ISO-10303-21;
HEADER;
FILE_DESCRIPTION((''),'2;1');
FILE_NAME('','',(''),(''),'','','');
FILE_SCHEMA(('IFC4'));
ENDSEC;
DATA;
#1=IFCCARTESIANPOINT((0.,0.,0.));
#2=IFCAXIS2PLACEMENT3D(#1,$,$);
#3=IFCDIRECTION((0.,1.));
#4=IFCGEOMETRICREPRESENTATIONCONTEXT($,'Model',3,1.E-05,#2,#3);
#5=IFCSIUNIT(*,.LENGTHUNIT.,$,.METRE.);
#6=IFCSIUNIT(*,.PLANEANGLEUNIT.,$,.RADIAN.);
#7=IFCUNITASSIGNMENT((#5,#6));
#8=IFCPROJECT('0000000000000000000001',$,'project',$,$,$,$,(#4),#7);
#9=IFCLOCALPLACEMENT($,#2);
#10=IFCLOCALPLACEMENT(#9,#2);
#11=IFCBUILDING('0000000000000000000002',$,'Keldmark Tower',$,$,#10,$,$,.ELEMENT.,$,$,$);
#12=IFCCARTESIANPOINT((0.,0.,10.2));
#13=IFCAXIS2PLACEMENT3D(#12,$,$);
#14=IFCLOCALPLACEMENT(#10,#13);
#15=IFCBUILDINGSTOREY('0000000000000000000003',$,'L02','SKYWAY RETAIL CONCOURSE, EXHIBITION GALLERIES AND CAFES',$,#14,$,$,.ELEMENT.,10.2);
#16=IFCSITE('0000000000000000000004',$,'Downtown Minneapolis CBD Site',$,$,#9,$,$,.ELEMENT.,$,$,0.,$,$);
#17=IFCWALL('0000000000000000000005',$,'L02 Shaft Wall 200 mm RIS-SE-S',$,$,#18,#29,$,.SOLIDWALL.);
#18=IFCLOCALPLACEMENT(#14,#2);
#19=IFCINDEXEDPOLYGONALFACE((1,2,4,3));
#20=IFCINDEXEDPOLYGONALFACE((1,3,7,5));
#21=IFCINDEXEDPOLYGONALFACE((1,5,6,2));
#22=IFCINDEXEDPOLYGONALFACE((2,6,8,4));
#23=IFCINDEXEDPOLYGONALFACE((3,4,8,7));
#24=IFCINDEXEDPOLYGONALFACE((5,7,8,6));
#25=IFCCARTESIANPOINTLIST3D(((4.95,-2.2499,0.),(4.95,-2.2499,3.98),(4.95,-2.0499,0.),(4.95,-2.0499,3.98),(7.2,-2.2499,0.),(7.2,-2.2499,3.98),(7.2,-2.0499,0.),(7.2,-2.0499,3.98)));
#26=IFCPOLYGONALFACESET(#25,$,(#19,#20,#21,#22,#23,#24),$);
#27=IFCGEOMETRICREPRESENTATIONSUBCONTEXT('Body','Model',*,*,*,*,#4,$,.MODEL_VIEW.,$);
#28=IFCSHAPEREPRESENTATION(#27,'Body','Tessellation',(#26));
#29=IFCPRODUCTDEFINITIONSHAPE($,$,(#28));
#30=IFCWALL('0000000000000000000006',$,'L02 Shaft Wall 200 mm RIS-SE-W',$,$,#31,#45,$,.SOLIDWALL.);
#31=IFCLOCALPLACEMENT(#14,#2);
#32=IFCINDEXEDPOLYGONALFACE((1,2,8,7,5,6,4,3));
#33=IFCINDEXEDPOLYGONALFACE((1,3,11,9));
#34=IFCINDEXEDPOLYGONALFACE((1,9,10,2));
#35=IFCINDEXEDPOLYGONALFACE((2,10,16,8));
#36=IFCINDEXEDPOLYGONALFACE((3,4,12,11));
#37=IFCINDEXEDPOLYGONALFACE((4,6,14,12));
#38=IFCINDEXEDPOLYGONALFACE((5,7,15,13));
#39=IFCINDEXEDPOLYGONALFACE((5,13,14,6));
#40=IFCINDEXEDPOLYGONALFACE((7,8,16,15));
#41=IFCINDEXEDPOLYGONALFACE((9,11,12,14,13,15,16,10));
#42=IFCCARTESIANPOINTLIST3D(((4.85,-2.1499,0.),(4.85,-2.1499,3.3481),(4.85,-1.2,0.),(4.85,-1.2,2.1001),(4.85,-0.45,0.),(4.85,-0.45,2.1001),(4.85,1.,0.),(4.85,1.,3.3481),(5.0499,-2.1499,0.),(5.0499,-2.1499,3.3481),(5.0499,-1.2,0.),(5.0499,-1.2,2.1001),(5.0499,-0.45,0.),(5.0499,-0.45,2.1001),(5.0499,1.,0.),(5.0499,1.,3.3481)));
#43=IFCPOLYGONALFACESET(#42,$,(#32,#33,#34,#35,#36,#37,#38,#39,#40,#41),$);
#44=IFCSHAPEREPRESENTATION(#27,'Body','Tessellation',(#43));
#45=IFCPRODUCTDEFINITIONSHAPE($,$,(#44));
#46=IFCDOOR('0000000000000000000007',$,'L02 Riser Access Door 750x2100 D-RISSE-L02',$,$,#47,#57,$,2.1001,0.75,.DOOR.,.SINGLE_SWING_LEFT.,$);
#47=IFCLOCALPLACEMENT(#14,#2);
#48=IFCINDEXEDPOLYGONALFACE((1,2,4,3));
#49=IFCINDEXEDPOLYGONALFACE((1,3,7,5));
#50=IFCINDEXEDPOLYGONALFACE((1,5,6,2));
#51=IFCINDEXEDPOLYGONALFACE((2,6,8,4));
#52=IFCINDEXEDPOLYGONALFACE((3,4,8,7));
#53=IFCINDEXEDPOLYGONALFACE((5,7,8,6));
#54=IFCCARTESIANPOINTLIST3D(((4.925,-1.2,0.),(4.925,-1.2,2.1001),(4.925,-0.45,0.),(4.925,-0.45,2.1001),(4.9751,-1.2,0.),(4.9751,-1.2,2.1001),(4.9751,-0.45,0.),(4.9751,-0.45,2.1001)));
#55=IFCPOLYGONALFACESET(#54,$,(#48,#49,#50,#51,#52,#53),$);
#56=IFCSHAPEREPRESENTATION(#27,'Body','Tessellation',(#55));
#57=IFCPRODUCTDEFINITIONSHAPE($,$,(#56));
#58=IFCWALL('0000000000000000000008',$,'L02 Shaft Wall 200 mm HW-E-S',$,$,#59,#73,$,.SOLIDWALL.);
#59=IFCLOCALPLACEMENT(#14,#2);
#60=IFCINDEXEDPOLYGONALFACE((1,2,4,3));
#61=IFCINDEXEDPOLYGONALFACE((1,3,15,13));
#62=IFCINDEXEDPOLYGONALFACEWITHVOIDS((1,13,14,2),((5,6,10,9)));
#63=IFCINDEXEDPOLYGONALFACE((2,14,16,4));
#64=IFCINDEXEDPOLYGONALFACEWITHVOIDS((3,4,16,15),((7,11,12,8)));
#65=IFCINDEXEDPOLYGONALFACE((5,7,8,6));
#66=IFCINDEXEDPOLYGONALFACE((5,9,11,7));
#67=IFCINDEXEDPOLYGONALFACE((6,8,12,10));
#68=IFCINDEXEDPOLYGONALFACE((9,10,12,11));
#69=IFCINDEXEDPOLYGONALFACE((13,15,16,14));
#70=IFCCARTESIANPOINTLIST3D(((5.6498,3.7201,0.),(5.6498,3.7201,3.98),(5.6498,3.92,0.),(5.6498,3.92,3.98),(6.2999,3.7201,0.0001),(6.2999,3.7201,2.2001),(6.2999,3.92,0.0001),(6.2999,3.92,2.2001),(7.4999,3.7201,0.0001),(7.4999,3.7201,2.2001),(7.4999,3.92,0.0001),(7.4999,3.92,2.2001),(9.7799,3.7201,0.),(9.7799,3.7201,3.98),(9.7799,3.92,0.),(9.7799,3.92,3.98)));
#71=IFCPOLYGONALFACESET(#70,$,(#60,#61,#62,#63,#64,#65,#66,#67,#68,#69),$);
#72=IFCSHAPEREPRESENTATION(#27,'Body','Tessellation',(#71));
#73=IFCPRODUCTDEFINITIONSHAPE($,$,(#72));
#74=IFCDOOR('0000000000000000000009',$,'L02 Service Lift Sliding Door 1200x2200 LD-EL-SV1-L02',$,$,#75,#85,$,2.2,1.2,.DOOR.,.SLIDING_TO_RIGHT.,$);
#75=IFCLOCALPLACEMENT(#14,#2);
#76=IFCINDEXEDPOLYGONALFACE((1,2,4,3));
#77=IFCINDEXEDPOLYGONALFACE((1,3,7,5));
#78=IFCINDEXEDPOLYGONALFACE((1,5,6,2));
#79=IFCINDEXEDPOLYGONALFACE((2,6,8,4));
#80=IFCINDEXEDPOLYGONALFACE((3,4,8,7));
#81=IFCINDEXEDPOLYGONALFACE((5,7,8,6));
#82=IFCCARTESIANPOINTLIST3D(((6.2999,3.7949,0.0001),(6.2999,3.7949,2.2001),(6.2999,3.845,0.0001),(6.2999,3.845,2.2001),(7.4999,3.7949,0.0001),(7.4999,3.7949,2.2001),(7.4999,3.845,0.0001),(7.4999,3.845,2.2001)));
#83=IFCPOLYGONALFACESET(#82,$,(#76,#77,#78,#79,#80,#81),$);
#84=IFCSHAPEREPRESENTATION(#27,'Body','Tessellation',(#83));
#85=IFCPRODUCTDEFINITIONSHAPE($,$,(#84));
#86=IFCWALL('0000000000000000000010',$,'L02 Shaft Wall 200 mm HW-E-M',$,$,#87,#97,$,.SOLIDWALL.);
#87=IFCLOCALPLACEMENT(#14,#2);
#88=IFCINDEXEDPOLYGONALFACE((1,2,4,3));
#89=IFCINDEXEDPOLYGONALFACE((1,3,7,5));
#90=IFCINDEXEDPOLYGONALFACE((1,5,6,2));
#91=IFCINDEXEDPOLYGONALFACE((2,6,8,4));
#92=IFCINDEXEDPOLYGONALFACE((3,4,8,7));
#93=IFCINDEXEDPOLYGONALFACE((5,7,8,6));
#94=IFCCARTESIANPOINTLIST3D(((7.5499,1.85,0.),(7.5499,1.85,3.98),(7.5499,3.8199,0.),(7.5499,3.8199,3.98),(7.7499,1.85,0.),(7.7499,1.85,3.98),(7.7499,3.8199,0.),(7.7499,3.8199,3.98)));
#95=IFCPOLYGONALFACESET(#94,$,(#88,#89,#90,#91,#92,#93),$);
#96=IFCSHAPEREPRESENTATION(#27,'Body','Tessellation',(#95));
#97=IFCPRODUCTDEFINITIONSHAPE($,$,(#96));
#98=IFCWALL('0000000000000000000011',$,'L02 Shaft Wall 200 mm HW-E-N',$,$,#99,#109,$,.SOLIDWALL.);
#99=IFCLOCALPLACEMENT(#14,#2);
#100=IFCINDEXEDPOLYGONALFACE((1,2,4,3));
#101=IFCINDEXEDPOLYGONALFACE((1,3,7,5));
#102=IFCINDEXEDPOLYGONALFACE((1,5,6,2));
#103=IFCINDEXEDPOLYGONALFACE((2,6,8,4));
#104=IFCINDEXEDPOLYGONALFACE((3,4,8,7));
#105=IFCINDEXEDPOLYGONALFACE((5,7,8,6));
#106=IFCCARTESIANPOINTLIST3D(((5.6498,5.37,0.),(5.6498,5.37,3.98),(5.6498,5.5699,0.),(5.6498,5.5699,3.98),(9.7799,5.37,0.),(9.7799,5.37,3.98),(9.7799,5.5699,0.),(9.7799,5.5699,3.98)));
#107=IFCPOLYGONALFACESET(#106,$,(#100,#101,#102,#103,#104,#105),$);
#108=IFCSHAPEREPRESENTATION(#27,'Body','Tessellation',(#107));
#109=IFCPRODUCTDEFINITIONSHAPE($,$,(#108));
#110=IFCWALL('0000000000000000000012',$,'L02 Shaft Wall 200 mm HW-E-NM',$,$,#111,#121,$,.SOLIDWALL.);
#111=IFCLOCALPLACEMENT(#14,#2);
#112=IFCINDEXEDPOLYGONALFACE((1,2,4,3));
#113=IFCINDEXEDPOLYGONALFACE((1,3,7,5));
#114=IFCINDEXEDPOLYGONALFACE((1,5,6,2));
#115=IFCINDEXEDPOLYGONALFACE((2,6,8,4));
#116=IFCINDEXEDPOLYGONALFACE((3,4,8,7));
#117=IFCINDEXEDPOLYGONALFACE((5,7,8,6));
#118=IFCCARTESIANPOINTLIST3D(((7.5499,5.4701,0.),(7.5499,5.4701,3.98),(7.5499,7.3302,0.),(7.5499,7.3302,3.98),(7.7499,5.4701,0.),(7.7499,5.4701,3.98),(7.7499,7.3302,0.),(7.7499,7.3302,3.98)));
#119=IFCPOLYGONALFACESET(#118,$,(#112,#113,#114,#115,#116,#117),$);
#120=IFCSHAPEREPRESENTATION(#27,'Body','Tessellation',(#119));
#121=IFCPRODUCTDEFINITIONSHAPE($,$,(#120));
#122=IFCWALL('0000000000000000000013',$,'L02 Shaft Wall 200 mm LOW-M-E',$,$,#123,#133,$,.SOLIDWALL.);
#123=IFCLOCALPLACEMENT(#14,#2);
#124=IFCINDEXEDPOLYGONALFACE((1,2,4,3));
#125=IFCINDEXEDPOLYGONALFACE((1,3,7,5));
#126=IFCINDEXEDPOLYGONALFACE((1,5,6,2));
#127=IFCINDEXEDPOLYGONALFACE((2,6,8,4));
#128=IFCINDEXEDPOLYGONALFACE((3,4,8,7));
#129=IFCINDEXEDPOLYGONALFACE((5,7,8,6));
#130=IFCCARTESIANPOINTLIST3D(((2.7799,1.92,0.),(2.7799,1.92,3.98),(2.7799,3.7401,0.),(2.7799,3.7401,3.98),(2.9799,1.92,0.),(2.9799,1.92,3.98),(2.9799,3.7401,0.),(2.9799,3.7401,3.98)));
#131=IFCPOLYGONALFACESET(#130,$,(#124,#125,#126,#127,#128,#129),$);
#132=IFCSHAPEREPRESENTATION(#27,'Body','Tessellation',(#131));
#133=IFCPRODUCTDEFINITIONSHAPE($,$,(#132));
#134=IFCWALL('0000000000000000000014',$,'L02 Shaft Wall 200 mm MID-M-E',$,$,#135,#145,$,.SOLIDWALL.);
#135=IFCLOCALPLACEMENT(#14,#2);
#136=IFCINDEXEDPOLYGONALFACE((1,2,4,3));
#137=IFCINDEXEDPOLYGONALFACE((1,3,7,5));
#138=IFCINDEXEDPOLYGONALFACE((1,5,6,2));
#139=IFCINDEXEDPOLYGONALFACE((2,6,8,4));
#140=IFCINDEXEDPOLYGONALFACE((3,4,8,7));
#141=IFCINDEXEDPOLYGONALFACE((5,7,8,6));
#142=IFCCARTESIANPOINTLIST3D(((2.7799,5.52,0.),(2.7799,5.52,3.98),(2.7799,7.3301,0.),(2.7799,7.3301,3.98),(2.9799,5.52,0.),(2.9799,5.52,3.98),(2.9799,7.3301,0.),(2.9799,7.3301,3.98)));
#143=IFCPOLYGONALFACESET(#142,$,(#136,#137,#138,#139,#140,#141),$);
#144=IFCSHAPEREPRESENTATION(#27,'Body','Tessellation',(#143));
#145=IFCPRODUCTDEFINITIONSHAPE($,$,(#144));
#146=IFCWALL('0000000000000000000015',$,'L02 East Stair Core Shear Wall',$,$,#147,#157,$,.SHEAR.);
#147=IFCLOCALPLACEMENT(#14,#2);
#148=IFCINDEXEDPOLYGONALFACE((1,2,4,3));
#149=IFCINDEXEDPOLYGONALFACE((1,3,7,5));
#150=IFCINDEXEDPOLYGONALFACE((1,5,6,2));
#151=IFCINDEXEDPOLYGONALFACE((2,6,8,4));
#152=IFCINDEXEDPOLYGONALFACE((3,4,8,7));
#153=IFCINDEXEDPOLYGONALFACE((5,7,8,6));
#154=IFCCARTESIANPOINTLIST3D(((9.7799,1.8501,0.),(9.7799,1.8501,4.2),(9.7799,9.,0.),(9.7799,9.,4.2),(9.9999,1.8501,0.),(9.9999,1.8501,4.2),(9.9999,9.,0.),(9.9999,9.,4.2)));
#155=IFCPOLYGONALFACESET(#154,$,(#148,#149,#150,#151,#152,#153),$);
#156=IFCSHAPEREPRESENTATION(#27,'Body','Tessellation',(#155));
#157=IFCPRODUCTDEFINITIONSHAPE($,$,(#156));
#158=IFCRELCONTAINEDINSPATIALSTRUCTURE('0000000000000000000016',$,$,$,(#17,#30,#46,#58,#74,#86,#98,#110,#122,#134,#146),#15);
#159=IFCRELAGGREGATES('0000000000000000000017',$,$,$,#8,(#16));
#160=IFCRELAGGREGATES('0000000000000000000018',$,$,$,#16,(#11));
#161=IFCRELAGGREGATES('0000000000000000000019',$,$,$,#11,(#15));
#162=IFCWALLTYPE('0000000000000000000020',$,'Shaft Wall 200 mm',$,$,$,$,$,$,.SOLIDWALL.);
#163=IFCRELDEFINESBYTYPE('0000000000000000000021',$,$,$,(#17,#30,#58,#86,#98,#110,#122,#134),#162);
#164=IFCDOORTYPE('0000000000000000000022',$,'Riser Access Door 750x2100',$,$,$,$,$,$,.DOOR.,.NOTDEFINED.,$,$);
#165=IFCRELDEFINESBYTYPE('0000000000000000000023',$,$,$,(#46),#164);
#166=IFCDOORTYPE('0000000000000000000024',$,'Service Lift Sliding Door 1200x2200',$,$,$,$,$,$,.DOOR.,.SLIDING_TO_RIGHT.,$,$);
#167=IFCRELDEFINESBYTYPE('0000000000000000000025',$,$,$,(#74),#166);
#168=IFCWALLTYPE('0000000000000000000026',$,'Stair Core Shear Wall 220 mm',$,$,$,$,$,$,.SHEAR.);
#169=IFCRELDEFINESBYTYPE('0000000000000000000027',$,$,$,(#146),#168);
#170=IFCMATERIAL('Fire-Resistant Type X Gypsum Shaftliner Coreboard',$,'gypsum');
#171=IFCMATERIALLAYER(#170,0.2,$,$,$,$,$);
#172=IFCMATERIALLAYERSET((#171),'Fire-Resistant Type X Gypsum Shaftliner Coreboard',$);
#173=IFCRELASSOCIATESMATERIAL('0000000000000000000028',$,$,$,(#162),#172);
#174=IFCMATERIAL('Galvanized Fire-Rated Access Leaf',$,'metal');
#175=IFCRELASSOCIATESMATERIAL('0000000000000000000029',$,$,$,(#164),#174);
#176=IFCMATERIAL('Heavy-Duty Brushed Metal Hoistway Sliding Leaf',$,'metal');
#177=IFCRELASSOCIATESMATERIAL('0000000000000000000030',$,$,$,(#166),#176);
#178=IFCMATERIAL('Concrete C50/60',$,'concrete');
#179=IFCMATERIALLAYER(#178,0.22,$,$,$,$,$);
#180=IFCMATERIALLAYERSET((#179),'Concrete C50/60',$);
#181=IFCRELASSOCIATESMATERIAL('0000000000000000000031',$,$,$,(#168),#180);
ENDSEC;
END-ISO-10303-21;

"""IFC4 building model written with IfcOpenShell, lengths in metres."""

from ifc_helpers import new_model, si_unit, direction, frame, frame_2d, origin, place, context, subcontext, project, spatial, rectangle, extrude, material, layer, layer_set, type_object, element, fill, save


model = new_model("IFC4")

# Units and contexts
model_context = context("Model", 3, precision=1e-05, world=origin(), true_north=direction((0.0, 1.0)))
body_context = subcontext(model_context, "Body", "Model", "MODEL_VIEW")
ifc_project = project(units=[si_unit("LENGTHUNIT", "METRE"), si_unit("PLANEANGLEUNIT", "RADIAN")], contexts=[model_context])

# Site, building, storey
site_placement = place(None, origin())
site = spatial("IfcSite", under=ifc_project, at=site_placement, Name="Downtown Minneapolis CBD Site", CompositionType="ELEMENT", RefElevation=0.0)
building_placement = place(site_placement, origin())
building = spatial("IfcBuilding", under=site, at=building_placement, Name="Keldmark Tower", CompositionType="ELEMENT")
storey_placement = place(building_placement, frame((0.0, 0.0, 10.2)))
storey = spatial("IfcBuildingStorey", under=building, at=storey_placement, Name="L02", Description="SKYWAY RETAIL CONCOURSE, EXHIBITION GALLERIES AND CAFES", CompositionType="ELEMENT", Elevation=10.2)

# Wall
ifc_material_1 = material(Name="Fire-Resistant Type X Gypsum Shaftliner Coreboard", Category="gypsum")
ifc_layer_1 = layer(ifc_material_1, 0.2)
ifc_layer_set_1 = layer_set([ifc_layer_1], Name="Fire-Resistant Type X Gypsum Shaftliner Coreboard")
wall_type_1 = type_object("IfcWallType", Name="Shaft Wall 200 mm", PredefinedType="SOLIDWALL", material=ifc_layer_set_1)
wall_1_placement = place(storey_placement, frame((4.95, -2.1499, 0.0), z_axis=(0.0, 0.0, 1.0), x_axis=(1.0, 0.0, 0.0)))
element("IfcWall", 1, at=wall_1_placement, inside=storey, type_object=wall_type_1, Name="L02 Shaft Wall 200 mm RIS-SE-S", PredefinedType="SOLIDWALL", context=body_context, shape_type="SweptSolid", body=[
    extrude(rectangle(XDim=2.25, YDim=0.2, at=frame_2d((1.125, 0.0))), origin(), (0.0, 0.0, 1.0), 3.98),
])

# Walls, openings, doors
wall_2_placement = place(storey_placement, frame((4.95, -2.1499, 0.0), z_axis=(0.0, 0.0, 1.0), x_axis=(0.0, 1.0, 0.0)))
wall_2 = element("IfcWall", 2, at=wall_2_placement, inside=storey, type_object=wall_type_1, Name="L02 Shaft Wall 200 mm RIS-SE-W", PredefinedType="SOLIDWALL", context=body_context, shape_type="SweptSolid", body=[
    extrude(rectangle(XDim=3.1499, YDim=0.2, at=frame_2d((1.575, 0.0))), origin(), (0.0, 0.0, 1.0), 3.3481),
])
opening_1_placement = place(wall_2_placement, frame((0.95, 0.0, 0.0)))
opening_1 = element("IfcOpeningElement", 3, at=opening_1_placement, cuts=wall_2, PredefinedType="OPENING", context=body_context, shape_type="SweptSolid", body=[
    extrude(rectangle(XDim=0.75, YDim=2.1001, at=frame_2d((0.375, 1.05))), frame((0.0, 0.1099, 0.0), z_axis=(0.0, -1.0, 0.0), x_axis=(1.0, 0.0, 0.0)), (0.0, 0.0, 1.0), 0.22),
])
ifc_material_2 = material(Name="Galvanized Fire-Rated Access Leaf", Category="metal")
door_type_1 = type_object("IfcDoorType", Name="Riser Access Door 750x2100", OperationType="NOTDEFINED", PredefinedType="DOOR", material=ifc_material_2)
door_1_placement = place(opening_1_placement, origin())
door_1 = element("IfcDoor", 4, at=door_1_placement, inside=storey, type_object=door_type_1, Name="L02 Riser Access Door 750x2100 D-RISSE-L02", OperationType="SINGLE_SWING_LEFT", OverallHeight=2.1001, OverallWidth=0.75, PredefinedType="DOOR", context=body_context, shape_type="SweptSolid", body=[
    extrude(rectangle(XDim=0.75, YDim=2.1001, at=frame_2d((0.375, 1.05))), frame((0.0, 0.0249, 0.0), z_axis=(0.0, -1.0, 0.0), x_axis=(1.0, 0.0, 0.0)), (0.0, 0.0, 1.0), 0.05),
])
fill(opening_1, door_1)
wall_3_placement = place(storey_placement, frame((5.6499, 3.8201, 0.0), z_axis=(0.0, 0.0, 1.0), x_axis=(1.0, 0.0, 0.0)))
wall_3 = element("IfcWall", 5, at=wall_3_placement, inside=storey, type_object=wall_type_1, Name="L02 Shaft Wall 200 mm HW-E-S", PredefinedType="SOLIDWALL", context=body_context, shape_type="SweptSolid", body=[
    extrude(rectangle(XDim=4.1301, YDim=0.2, at=frame_2d((2.0649, 0.0))), origin(), (0.0, 0.0, 1.0), 3.98),
])
opening_2_placement = place(wall_3_placement, frame((0.6499, 0.0, 0.0)))
opening_2 = element("IfcOpeningElement", 6, at=opening_2_placement, cuts=wall_3, PredefinedType="OPENING", context=body_context, shape_type="SweptSolid", body=[
    extrude(rectangle(XDim=1.2, YDim=2.2, at=frame_2d((0.6001, 1.1001))), frame((0.0, 0.1099, 0.0), z_axis=(0.0, -1.0, 0.0), x_axis=(1.0, 0.0, 0.0)), (0.0, 0.0, 1.0), 0.22),
])
ifc_material_3 = material(Name="Heavy-Duty Brushed Metal Hoistway Sliding Leaf", Category="metal")
door_type_2 = type_object("IfcDoorType", Name="Service Lift Sliding Door 1200x2200", OperationType="SLIDING_TO_RIGHT", PredefinedType="DOOR", material=ifc_material_3)
door_2_placement = place(opening_2_placement, origin())
door_2 = element("IfcDoor", 7, at=door_2_placement, inside=storey, type_object=door_type_2, Name="L02 Service Lift Sliding Door 1200x2200 LD-EL-SV1-L02", OperationType="SLIDING_TO_RIGHT", OverallHeight=2.2, OverallWidth=1.2, PredefinedType="DOOR", context=body_context, shape_type="SweptSolid", body=[
    extrude(rectangle(XDim=1.2, YDim=2.2, at=frame_2d((0.6001, 1.1001))), frame((0.0, 0.0249, 0.0), z_axis=(0.0, -1.0, 0.0), x_axis=(1.0, 0.0, 0.0)), (0.0, 0.0, 1.0), 0.05),
])
fill(opening_2, door_2)

# Walls
wall_4_placement = place(storey_placement, frame((7.6499, 1.8501, 0.0), z_axis=(0.0, 0.0, 1.0), x_axis=(0.0, 1.0, 0.0)))
element("IfcWall", 8, at=wall_4_placement, inside=storey, type_object=wall_type_1, Name="L02 Shaft Wall 200 mm HW-E-M", PredefinedType="SOLIDWALL", context=body_context, shape_type="SweptSolid", body=[
    extrude(rectangle(XDim=1.97, YDim=0.2, at=frame_2d((0.9849, 0.0))), origin(), (0.0, 0.0, 1.0), 3.98),
])
wall_5_placement = place(storey_placement, frame((5.6499, 5.47, 0.0), z_axis=(0.0, 0.0, 1.0), x_axis=(1.0, 0.0, 0.0)))
element("IfcWall", 9, at=wall_5_placement, inside=storey, type_object=wall_type_1, Name="L02 Shaft Wall 200 mm HW-E-N", PredefinedType="SOLIDWALL", context=body_context, shape_type="SweptSolid", body=[
    extrude(rectangle(XDim=4.1301, YDim=0.2, at=frame_2d((2.0649, 0.0))), origin(), (0.0, 0.0, 1.0), 3.98),
])
wall_6_placement = place(storey_placement, frame((7.6499, 5.47, 0.0), z_axis=(0.0, 0.0, 1.0), x_axis=(0.0, 1.0, 0.0)))
element("IfcWall", 10, at=wall_6_placement, inside=storey, type_object=wall_type_1, Name="L02 Shaft Wall 200 mm HW-E-NM", PredefinedType="SOLIDWALL", context=body_context, shape_type="SweptSolid", body=[
    extrude(rectangle(XDim=1.8601, YDim=0.2, at=frame_2d((0.9302, 0.0))), origin(), (0.0, 0.0, 1.0), 3.98),
])
wall_7_placement = place(storey_placement, frame((2.8799, 1.9199, 0.0), z_axis=(0.0, 0.0, 1.0), x_axis=(0.0, 1.0, 0.0)))
element("IfcWall", 11, at=wall_7_placement, inside=storey, type_object=wall_type_1, Name="L02 Shaft Wall 200 mm LOW-M-E", PredefinedType="SOLIDWALL", context=body_context, shape_type="SweptSolid", body=[
    extrude(rectangle(XDim=1.8201, YDim=0.2, at=frame_2d((0.9102, 0.0))), origin(), (0.0, 0.0, 1.0), 3.98),
])
wall_8_placement = place(storey_placement, frame((2.8799, 5.52, 0.0), z_axis=(0.0, 0.0, 1.0), x_axis=(0.0, 1.0, 0.0)))
element("IfcWall", 12, at=wall_8_placement, inside=storey, type_object=wall_type_1, Name="L02 Shaft Wall 200 mm MID-M-E", PredefinedType="SOLIDWALL", context=body_context, shape_type="SweptSolid", body=[
    extrude(rectangle(XDim=1.8101, YDim=0.2, at=frame_2d((0.905, 0.0))), origin(), (0.0, 0.0, 1.0), 3.98),
])
ifc_material_4 = material(Name="Concrete C50/60", Category="concrete")
ifc_layer_2 = layer(ifc_material_4, 0.22)
ifc_layer_set_2 = layer_set([ifc_layer_2], Name="Concrete C50/60")
wall_type_2 = type_object("IfcWallType", Name="Stair Core Shear Wall 220 mm", PredefinedType="SHEAR", material=ifc_layer_set_2)
wall_9_placement = place(storey_placement, frame((9.8899, 1.8501, 0.0), z_axis=(0.0, 0.0, 1.0), x_axis=(0.0, 1.0, 0.0)))
element("IfcWall", 13, at=wall_9_placement, inside=storey, type_object=wall_type_2, Name="L02 East Stair Core Shear Wall", PredefinedType="SHEAR", context=body_context, shape_type="SweptSolid", body=[
    extrude(rectangle(XDim=7.1499, YDim=0.22, at=frame_2d((3.575, 0.0))), origin(), (0.0, 0.0, 1.0), 4.2),
])

save(model, "model.ifc")
